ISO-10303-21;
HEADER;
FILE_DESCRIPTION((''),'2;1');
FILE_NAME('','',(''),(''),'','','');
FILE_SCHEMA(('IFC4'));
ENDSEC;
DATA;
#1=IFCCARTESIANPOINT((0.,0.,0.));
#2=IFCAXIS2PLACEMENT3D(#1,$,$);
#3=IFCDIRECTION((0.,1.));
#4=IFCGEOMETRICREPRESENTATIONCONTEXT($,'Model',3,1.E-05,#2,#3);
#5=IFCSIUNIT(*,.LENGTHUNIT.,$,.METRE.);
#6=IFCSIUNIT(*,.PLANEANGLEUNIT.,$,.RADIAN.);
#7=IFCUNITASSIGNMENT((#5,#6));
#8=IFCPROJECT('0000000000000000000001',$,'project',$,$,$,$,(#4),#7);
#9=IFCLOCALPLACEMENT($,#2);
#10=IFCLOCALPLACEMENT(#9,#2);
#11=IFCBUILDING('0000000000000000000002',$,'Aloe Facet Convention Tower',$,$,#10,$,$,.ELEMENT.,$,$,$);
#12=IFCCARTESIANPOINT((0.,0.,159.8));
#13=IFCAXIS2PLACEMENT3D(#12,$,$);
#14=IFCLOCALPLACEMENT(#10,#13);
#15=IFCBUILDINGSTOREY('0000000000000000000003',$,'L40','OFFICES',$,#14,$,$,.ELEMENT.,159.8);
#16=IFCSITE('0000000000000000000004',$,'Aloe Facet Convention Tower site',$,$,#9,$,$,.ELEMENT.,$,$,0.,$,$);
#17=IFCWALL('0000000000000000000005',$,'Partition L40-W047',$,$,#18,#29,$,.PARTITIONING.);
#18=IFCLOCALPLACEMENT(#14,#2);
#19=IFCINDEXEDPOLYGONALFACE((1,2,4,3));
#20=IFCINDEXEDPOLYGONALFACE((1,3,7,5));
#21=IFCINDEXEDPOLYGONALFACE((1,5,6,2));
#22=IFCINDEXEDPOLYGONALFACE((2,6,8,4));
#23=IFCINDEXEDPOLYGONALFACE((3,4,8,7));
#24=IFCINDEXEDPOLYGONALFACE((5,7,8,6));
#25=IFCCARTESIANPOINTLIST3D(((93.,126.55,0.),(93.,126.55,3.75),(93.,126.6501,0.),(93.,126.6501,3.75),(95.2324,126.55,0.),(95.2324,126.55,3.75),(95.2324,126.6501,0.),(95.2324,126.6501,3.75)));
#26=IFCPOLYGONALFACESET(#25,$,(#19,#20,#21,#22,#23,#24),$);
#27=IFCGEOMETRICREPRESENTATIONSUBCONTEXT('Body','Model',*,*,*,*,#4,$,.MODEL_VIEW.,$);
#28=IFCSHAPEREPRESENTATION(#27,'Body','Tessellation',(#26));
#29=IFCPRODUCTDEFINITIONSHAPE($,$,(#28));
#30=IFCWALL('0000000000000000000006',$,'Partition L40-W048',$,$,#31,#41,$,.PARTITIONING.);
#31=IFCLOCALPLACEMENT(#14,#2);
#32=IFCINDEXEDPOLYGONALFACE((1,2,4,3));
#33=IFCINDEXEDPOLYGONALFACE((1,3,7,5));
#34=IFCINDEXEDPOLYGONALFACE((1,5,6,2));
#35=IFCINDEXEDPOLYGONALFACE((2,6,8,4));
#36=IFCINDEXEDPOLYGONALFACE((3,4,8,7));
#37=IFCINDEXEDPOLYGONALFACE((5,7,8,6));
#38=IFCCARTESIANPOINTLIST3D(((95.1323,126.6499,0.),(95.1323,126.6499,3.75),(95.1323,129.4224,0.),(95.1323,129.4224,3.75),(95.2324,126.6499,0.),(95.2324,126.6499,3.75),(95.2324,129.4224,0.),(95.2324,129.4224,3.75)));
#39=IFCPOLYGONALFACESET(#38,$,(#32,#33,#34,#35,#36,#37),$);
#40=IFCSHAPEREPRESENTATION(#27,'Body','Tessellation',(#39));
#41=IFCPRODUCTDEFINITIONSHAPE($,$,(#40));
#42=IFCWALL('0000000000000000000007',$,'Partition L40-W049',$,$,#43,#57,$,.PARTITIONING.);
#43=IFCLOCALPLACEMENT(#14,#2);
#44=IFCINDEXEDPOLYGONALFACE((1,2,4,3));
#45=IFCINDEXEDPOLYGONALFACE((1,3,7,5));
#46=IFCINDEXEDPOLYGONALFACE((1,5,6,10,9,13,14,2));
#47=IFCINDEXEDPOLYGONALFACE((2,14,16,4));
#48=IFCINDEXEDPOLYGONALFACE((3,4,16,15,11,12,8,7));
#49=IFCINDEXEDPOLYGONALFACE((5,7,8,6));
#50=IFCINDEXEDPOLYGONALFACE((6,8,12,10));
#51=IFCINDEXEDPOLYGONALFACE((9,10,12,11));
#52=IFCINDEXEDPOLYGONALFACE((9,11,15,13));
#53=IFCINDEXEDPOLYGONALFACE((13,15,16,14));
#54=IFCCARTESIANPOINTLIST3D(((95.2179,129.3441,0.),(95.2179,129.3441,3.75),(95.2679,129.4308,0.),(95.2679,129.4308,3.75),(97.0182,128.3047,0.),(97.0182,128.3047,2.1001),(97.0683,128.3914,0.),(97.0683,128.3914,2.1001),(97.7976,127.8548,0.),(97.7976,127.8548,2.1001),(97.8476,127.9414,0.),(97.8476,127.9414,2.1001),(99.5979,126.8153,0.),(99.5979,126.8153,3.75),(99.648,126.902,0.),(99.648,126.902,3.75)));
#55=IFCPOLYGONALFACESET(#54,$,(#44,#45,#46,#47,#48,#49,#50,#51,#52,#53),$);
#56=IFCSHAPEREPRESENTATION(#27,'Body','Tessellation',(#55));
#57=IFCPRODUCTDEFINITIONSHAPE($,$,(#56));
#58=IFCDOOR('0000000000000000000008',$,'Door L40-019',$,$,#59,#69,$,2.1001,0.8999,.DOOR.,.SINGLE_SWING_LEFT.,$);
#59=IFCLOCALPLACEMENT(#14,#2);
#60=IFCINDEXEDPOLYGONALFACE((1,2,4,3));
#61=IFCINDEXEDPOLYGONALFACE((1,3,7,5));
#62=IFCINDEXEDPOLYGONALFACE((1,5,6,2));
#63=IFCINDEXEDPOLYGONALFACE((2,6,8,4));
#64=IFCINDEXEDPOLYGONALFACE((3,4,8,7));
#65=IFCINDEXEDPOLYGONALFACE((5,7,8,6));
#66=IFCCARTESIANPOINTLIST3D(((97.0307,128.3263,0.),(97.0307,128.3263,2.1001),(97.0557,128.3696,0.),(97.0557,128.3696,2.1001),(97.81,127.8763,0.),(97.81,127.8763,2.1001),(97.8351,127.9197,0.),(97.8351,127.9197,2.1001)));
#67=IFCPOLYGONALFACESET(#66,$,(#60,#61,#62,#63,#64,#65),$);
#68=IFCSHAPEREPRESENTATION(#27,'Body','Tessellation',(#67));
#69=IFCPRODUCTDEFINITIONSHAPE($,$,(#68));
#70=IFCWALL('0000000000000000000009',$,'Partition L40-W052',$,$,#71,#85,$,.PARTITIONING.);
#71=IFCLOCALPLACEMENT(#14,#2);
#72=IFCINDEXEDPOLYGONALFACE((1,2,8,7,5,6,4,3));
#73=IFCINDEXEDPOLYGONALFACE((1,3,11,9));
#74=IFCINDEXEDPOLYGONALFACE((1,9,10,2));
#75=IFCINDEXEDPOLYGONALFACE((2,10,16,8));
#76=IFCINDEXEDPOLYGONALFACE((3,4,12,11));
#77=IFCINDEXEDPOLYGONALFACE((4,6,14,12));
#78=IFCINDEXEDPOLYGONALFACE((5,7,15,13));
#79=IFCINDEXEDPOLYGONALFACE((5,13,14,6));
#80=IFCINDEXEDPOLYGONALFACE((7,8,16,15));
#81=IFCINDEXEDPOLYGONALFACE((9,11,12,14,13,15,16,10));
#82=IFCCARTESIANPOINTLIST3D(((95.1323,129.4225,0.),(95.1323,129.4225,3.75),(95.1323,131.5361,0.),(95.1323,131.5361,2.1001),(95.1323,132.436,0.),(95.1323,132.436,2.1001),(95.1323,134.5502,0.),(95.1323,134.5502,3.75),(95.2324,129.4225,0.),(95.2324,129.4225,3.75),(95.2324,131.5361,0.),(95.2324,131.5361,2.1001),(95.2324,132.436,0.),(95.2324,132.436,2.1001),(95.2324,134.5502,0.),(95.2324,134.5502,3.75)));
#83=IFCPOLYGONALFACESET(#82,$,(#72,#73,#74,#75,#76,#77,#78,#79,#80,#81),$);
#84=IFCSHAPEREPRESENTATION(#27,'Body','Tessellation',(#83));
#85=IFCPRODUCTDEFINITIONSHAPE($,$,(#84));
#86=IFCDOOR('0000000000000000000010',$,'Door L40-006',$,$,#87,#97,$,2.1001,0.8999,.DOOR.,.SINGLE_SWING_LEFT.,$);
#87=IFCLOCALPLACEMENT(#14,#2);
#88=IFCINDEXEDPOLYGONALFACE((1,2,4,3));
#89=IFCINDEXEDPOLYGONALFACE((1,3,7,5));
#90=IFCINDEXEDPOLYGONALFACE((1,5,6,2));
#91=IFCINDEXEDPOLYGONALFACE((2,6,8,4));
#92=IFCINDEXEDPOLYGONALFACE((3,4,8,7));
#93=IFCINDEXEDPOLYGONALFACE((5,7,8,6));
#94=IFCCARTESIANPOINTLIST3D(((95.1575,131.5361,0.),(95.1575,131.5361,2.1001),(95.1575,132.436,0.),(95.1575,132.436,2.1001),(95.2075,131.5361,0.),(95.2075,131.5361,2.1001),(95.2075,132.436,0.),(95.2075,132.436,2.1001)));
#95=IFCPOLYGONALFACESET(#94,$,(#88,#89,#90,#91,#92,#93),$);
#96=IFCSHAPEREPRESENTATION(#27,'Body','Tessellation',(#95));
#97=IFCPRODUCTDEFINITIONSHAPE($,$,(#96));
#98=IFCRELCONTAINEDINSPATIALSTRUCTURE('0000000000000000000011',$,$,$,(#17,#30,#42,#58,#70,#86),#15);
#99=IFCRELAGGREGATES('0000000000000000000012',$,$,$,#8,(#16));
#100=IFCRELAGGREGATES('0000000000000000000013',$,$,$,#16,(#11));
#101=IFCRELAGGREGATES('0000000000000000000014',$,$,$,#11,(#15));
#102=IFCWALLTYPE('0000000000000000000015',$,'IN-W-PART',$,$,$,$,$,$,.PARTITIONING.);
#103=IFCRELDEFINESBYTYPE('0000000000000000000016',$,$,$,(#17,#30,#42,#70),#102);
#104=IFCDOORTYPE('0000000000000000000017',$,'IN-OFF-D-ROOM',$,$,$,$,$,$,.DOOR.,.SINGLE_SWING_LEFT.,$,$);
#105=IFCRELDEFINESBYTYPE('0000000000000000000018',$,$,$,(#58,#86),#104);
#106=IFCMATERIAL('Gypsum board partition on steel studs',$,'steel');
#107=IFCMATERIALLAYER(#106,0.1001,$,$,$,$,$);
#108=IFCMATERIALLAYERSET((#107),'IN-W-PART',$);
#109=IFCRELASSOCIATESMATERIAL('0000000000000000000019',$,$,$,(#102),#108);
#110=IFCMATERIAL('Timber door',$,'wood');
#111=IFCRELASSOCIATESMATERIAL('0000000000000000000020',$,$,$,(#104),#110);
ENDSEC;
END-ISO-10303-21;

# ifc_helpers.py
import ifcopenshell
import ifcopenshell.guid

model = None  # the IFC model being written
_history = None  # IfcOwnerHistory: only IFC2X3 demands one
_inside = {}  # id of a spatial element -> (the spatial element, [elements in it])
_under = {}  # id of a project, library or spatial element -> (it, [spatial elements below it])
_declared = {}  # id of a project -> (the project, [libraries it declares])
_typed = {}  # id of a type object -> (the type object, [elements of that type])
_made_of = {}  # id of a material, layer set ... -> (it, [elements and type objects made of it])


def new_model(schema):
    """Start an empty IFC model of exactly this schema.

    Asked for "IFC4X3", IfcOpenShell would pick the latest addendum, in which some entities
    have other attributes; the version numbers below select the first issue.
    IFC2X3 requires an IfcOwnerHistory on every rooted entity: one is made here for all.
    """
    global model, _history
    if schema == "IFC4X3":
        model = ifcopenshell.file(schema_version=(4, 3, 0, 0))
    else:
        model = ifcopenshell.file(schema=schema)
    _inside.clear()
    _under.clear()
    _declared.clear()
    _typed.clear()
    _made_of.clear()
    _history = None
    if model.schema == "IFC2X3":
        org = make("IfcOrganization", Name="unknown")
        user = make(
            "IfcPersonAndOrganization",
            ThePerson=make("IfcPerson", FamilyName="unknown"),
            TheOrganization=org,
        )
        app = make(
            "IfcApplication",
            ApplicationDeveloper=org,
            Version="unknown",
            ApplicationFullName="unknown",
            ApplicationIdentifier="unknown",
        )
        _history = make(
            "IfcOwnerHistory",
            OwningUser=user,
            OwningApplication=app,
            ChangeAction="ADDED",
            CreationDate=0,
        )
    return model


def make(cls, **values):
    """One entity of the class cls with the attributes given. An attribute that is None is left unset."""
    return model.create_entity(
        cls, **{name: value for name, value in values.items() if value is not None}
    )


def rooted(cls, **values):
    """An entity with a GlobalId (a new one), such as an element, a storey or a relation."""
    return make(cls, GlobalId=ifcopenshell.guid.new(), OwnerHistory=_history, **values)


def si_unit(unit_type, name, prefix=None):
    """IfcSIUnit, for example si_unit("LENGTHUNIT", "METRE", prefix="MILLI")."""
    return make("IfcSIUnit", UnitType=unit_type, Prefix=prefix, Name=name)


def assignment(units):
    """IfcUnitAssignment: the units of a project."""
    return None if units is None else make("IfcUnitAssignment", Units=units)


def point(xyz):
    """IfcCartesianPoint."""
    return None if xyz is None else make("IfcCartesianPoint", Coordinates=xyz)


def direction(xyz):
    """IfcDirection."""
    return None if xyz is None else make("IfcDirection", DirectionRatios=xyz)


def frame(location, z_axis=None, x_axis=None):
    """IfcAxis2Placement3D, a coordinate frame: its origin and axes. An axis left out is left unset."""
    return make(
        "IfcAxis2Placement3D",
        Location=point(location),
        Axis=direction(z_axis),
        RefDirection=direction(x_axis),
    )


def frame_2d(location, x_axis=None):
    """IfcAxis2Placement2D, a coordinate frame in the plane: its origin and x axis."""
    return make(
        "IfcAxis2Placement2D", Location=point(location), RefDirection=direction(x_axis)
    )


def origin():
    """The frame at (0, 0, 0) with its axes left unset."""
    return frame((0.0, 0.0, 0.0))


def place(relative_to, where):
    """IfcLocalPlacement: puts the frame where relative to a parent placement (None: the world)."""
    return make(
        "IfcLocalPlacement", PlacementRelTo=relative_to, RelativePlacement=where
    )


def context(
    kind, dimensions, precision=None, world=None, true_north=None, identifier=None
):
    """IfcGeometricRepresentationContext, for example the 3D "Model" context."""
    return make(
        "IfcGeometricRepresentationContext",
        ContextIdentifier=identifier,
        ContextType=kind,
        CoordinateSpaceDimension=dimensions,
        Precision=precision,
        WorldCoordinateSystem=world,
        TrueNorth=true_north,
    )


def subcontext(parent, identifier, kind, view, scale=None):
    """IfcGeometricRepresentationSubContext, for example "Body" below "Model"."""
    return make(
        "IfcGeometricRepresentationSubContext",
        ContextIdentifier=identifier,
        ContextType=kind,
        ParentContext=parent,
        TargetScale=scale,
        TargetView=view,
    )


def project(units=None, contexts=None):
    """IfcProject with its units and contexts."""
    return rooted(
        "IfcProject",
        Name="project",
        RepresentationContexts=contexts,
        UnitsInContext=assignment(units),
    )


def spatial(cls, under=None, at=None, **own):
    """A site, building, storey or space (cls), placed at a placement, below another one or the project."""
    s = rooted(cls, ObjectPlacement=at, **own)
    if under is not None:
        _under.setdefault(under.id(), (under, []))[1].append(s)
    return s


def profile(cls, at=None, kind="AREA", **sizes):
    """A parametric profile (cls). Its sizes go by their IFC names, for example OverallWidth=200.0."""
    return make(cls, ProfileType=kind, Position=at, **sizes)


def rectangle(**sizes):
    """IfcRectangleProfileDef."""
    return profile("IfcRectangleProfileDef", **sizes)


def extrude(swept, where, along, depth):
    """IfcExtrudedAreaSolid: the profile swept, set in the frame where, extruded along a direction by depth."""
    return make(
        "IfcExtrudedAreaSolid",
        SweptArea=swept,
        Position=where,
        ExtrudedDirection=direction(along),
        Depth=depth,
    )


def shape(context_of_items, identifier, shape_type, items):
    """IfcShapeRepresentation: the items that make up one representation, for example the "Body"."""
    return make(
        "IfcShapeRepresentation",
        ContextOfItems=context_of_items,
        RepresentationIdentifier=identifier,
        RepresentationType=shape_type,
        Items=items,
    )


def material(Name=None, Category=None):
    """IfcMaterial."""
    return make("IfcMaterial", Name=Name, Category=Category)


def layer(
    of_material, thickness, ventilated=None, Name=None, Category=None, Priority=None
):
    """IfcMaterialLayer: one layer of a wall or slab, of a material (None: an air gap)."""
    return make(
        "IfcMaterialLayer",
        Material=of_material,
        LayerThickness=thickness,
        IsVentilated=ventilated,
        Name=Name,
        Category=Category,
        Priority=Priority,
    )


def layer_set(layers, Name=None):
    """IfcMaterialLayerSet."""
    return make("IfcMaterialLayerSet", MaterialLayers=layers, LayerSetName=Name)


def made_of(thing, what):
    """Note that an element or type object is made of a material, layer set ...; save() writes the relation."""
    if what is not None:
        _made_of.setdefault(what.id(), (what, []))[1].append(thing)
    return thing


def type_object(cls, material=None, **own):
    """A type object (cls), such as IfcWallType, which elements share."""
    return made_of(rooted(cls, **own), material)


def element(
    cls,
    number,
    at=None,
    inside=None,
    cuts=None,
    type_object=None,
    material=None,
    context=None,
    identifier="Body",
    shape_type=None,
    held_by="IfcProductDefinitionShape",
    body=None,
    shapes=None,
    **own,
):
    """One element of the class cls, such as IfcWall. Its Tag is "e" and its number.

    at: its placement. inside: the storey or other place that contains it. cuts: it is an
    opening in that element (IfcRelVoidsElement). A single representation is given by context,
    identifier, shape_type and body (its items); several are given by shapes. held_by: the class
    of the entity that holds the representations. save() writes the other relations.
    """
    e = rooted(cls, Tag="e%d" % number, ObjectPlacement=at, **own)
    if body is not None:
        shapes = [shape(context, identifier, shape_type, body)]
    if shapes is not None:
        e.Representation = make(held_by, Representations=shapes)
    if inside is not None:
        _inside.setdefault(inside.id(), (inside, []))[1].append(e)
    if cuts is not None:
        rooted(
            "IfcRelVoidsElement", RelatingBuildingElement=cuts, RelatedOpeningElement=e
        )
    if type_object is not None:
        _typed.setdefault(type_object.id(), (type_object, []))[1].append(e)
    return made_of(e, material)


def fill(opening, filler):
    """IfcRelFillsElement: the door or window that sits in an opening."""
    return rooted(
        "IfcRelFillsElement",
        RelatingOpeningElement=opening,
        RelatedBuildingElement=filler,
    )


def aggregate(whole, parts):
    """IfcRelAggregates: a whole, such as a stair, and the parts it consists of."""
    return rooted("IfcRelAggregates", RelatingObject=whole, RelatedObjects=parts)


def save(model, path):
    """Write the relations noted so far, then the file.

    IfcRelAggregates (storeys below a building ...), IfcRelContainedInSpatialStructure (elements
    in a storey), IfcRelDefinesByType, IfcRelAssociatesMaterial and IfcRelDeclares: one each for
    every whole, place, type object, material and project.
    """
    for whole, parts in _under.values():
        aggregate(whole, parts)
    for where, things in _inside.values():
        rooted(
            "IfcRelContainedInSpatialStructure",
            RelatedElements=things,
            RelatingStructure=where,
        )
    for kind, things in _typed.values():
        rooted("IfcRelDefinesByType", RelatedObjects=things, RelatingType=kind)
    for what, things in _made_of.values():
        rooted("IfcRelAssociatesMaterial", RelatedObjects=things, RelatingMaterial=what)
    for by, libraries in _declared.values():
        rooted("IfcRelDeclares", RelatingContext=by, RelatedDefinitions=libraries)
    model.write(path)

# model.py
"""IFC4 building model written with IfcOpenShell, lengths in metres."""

from ifc_helpers import new_model, si_unit, direction, frame, frame_2d, origin, place, context, subcontext, project, spatial, rectangle, extrude, material, layer, layer_set, type_object, element, fill, save


model = new_model("IFC4")

# Units and contexts
model_context = context("Model", 3, precision=1e-05, world=origin(), true_north=direction((0.0, 1.0)))
body_context = subcontext(model_context, "Body", "Model", "MODEL_VIEW")
ifc_project = project(units=[si_unit("LENGTHUNIT", "METRE"), si_unit("PLANEANGLEUNIT", "RADIAN")], contexts=[model_context])

# Site, building, storey
site_placement = place(None, origin())
site = spatial("IfcSite", under=ifc_project, at=site_placement, Name="Aloe Facet Convention Tower site", CompositionType="ELEMENT", RefElevation=0.0)
building_placement = place(site_placement, origin())
building = spatial("IfcBuilding", under=site, at=building_placement, Name="Aloe Facet Convention Tower", CompositionType="ELEMENT")
storey_placement = place(building_placement, frame((0.0, 0.0, 159.8)))
storey = spatial("IfcBuildingStorey", under=building, at=storey_placement, Name="L40", Description="OFFICES", CompositionType="ELEMENT", Elevation=159.8)

# Walls
ifc_material_1 = material(Name="Gypsum board partition on steel studs", Category="steel")
ifc_layer_1 = layer(ifc_material_1, 0.1001)
ifc_layer_set_1 = layer_set([ifc_layer_1], Name="IN-W-PART")
wall_type_1 = type_object("IfcWallType", Name="IN-W-PART", PredefinedType="PARTITIONING", material=ifc_layer_set_1)
wall_1_placement = place(storey_placement, frame((93.0, 126.6001, 0.0), z_axis=(0.0, 0.0, 1.0), x_axis=(1.0, 0.0, 0.0)))
element("IfcWall", 1, at=wall_1_placement, inside=storey, type_object=wall_type_1, Name="Partition L40-W047", PredefinedType="PARTITIONING", context=body_context, shape_type="SweptSolid", body=[
    extrude(rectangle(XDim=2.2324, YDim=0.1001, at=frame_2d((1.1162, 0.0))), origin(), (0.0, 0.0, 1.0), 3.75),
])
wall_2_placement = place(storey_placement, frame((95.1824, 126.6499, 0.0), z_axis=(0.0, 0.0, 1.0), x_axis=(0.0, 1.0, 0.0)))
element("IfcWall", 2, at=wall_2_placement, inside=storey, type_object=wall_type_1, Name="Partition L40-W048", PredefinedType="PARTITIONING", context=body_context, shape_type="SweptSolid", body=[
    extrude(rectangle(XDim=2.7725, YDim=0.1001, at=frame_2d((1.3862, 0.0))), origin(), (0.0, 0.0, 1.0), 3.75),
])

# Walls, openings, doors
wall_3_placement = place(storey_placement, frame((95.2429, 129.3875, 0.0), z_axis=(0.0, 0.0, 1.0), x_axis=(0.86603, -0.499991, 0.0)))
wall_3 = element("IfcWall", 3, at=wall_3_placement, inside=storey, type_object=wall_type_1, Name="Partition L40-W049", PredefinedType="PARTITIONING", context=body_context, shape_type="SweptSolid", body=[
    extrude(rectangle(XDim=5.0576, YDim=0.1001, at=frame_2d((2.5288, 0.0))), origin(), (0.0, 0.0, 1.0), 3.75),
])
opening_1_placement = place(wall_3_placement, frame((2.0789, 0.0, 0.0)))
opening_1 = element("IfcOpeningElement", 4, at=opening_1_placement, cuts=wall_3, PredefinedType="OPENING", context=body_context, shape_type="SweptSolid", body=[
    extrude(rectangle(XDim=0.8999, YDim=2.1001, at=frame_2d((0.45, 1.05))), frame((0.0, 0.0601, 0.0), z_axis=(0.0, -1.0, 0.0), x_axis=(1.0, 0.0, 0.0)), (0.0, 0.0, 1.0), 0.1201),
])
ifc_material_2 = material(Name="Timber door", Category="wood")
door_type = type_object("IfcDoorType", Name="IN-OFF-D-ROOM", OperationType="SINGLE_SWING_LEFT", PredefinedType="DOOR", material=ifc_material_2)
door_1_placement = place(opening_1_placement, origin())
door_1 = element("IfcDoor", 5, at=door_1_placement, inside=storey, type_object=door_type, Name="Door L40-019", OperationType="SINGLE_SWING_LEFT", OverallHeight=2.1001, OverallWidth=0.8999, PredefinedType="DOOR", context=body_context, shape_type="SweptSolid", body=[
    extrude(rectangle(XDim=0.8999, YDim=2.1001, at=frame_2d((0.45, 1.05))), frame((0.0, 0.0249, 0.0), z_axis=(0.0, -1.0, 0.0), x_axis=(1.0, 0.0, 0.0)), (0.0, 0.0, 1.0), 0.05),
])
fill(opening_1, door_1)
wall_4_placement = place(storey_placement, frame((95.1824, 129.4224, 0.0), z_axis=(0.0, 0.0, 1.0), x_axis=(0.0, 1.0, 0.0)))
wall_4 = element("IfcWall", 6, at=wall_4_placement, inside=storey, type_object=wall_type_1, Name="Partition L40-W052", PredefinedType="PARTITIONING", context=body_context, shape_type="SweptSolid", body=[
    extrude(rectangle(XDim=5.1277, YDim=0.1001, at=frame_2d((2.564, 0.0))), origin(), (0.0, 0.0, 1.0), 3.75),
])
opening_2_placement = place(wall_4_placement, frame((2.1138, 0.0, 0.0)))
opening_2 = element("IfcOpeningElement", 7, at=opening_2_placement, cuts=wall_4, PredefinedType="OPENING", context=body_context, shape_type="SweptSolid", body=[
    extrude(rectangle(XDim=0.8999, YDim=2.1001, at=frame_2d((0.45, 1.05))), frame((0.0, 0.0601, 0.0), z_axis=(0.0, -1.0, 0.0), x_axis=(1.0, 0.0, 0.0)), (0.0, 0.0, 1.0), 0.1201),
])
door_2_placement = place(opening_2_placement, origin())
door_2 = element("IfcDoor", 8, at=door_2_placement, inside=storey, type_object=door_type, Name="Door L40-006", OperationType="SINGLE_SWING_LEFT", OverallHeight=2.1001, OverallWidth=0.8999, PredefinedType="DOOR", context=body_context, shape_type="SweptSolid", body=[
    extrude(rectangle(XDim=0.8999, YDim=2.1001, at=frame_2d((0.45, 1.05))), frame((0.0, 0.0249, 0.0), z_axis=(0.0, -1.0, 0.0), x_axis=(1.0, 0.0, 0.0)), (0.0, 0.0, 1.0), 0.05),
])
fill(opening_2, door_2)

save(model, "model.ifc")
